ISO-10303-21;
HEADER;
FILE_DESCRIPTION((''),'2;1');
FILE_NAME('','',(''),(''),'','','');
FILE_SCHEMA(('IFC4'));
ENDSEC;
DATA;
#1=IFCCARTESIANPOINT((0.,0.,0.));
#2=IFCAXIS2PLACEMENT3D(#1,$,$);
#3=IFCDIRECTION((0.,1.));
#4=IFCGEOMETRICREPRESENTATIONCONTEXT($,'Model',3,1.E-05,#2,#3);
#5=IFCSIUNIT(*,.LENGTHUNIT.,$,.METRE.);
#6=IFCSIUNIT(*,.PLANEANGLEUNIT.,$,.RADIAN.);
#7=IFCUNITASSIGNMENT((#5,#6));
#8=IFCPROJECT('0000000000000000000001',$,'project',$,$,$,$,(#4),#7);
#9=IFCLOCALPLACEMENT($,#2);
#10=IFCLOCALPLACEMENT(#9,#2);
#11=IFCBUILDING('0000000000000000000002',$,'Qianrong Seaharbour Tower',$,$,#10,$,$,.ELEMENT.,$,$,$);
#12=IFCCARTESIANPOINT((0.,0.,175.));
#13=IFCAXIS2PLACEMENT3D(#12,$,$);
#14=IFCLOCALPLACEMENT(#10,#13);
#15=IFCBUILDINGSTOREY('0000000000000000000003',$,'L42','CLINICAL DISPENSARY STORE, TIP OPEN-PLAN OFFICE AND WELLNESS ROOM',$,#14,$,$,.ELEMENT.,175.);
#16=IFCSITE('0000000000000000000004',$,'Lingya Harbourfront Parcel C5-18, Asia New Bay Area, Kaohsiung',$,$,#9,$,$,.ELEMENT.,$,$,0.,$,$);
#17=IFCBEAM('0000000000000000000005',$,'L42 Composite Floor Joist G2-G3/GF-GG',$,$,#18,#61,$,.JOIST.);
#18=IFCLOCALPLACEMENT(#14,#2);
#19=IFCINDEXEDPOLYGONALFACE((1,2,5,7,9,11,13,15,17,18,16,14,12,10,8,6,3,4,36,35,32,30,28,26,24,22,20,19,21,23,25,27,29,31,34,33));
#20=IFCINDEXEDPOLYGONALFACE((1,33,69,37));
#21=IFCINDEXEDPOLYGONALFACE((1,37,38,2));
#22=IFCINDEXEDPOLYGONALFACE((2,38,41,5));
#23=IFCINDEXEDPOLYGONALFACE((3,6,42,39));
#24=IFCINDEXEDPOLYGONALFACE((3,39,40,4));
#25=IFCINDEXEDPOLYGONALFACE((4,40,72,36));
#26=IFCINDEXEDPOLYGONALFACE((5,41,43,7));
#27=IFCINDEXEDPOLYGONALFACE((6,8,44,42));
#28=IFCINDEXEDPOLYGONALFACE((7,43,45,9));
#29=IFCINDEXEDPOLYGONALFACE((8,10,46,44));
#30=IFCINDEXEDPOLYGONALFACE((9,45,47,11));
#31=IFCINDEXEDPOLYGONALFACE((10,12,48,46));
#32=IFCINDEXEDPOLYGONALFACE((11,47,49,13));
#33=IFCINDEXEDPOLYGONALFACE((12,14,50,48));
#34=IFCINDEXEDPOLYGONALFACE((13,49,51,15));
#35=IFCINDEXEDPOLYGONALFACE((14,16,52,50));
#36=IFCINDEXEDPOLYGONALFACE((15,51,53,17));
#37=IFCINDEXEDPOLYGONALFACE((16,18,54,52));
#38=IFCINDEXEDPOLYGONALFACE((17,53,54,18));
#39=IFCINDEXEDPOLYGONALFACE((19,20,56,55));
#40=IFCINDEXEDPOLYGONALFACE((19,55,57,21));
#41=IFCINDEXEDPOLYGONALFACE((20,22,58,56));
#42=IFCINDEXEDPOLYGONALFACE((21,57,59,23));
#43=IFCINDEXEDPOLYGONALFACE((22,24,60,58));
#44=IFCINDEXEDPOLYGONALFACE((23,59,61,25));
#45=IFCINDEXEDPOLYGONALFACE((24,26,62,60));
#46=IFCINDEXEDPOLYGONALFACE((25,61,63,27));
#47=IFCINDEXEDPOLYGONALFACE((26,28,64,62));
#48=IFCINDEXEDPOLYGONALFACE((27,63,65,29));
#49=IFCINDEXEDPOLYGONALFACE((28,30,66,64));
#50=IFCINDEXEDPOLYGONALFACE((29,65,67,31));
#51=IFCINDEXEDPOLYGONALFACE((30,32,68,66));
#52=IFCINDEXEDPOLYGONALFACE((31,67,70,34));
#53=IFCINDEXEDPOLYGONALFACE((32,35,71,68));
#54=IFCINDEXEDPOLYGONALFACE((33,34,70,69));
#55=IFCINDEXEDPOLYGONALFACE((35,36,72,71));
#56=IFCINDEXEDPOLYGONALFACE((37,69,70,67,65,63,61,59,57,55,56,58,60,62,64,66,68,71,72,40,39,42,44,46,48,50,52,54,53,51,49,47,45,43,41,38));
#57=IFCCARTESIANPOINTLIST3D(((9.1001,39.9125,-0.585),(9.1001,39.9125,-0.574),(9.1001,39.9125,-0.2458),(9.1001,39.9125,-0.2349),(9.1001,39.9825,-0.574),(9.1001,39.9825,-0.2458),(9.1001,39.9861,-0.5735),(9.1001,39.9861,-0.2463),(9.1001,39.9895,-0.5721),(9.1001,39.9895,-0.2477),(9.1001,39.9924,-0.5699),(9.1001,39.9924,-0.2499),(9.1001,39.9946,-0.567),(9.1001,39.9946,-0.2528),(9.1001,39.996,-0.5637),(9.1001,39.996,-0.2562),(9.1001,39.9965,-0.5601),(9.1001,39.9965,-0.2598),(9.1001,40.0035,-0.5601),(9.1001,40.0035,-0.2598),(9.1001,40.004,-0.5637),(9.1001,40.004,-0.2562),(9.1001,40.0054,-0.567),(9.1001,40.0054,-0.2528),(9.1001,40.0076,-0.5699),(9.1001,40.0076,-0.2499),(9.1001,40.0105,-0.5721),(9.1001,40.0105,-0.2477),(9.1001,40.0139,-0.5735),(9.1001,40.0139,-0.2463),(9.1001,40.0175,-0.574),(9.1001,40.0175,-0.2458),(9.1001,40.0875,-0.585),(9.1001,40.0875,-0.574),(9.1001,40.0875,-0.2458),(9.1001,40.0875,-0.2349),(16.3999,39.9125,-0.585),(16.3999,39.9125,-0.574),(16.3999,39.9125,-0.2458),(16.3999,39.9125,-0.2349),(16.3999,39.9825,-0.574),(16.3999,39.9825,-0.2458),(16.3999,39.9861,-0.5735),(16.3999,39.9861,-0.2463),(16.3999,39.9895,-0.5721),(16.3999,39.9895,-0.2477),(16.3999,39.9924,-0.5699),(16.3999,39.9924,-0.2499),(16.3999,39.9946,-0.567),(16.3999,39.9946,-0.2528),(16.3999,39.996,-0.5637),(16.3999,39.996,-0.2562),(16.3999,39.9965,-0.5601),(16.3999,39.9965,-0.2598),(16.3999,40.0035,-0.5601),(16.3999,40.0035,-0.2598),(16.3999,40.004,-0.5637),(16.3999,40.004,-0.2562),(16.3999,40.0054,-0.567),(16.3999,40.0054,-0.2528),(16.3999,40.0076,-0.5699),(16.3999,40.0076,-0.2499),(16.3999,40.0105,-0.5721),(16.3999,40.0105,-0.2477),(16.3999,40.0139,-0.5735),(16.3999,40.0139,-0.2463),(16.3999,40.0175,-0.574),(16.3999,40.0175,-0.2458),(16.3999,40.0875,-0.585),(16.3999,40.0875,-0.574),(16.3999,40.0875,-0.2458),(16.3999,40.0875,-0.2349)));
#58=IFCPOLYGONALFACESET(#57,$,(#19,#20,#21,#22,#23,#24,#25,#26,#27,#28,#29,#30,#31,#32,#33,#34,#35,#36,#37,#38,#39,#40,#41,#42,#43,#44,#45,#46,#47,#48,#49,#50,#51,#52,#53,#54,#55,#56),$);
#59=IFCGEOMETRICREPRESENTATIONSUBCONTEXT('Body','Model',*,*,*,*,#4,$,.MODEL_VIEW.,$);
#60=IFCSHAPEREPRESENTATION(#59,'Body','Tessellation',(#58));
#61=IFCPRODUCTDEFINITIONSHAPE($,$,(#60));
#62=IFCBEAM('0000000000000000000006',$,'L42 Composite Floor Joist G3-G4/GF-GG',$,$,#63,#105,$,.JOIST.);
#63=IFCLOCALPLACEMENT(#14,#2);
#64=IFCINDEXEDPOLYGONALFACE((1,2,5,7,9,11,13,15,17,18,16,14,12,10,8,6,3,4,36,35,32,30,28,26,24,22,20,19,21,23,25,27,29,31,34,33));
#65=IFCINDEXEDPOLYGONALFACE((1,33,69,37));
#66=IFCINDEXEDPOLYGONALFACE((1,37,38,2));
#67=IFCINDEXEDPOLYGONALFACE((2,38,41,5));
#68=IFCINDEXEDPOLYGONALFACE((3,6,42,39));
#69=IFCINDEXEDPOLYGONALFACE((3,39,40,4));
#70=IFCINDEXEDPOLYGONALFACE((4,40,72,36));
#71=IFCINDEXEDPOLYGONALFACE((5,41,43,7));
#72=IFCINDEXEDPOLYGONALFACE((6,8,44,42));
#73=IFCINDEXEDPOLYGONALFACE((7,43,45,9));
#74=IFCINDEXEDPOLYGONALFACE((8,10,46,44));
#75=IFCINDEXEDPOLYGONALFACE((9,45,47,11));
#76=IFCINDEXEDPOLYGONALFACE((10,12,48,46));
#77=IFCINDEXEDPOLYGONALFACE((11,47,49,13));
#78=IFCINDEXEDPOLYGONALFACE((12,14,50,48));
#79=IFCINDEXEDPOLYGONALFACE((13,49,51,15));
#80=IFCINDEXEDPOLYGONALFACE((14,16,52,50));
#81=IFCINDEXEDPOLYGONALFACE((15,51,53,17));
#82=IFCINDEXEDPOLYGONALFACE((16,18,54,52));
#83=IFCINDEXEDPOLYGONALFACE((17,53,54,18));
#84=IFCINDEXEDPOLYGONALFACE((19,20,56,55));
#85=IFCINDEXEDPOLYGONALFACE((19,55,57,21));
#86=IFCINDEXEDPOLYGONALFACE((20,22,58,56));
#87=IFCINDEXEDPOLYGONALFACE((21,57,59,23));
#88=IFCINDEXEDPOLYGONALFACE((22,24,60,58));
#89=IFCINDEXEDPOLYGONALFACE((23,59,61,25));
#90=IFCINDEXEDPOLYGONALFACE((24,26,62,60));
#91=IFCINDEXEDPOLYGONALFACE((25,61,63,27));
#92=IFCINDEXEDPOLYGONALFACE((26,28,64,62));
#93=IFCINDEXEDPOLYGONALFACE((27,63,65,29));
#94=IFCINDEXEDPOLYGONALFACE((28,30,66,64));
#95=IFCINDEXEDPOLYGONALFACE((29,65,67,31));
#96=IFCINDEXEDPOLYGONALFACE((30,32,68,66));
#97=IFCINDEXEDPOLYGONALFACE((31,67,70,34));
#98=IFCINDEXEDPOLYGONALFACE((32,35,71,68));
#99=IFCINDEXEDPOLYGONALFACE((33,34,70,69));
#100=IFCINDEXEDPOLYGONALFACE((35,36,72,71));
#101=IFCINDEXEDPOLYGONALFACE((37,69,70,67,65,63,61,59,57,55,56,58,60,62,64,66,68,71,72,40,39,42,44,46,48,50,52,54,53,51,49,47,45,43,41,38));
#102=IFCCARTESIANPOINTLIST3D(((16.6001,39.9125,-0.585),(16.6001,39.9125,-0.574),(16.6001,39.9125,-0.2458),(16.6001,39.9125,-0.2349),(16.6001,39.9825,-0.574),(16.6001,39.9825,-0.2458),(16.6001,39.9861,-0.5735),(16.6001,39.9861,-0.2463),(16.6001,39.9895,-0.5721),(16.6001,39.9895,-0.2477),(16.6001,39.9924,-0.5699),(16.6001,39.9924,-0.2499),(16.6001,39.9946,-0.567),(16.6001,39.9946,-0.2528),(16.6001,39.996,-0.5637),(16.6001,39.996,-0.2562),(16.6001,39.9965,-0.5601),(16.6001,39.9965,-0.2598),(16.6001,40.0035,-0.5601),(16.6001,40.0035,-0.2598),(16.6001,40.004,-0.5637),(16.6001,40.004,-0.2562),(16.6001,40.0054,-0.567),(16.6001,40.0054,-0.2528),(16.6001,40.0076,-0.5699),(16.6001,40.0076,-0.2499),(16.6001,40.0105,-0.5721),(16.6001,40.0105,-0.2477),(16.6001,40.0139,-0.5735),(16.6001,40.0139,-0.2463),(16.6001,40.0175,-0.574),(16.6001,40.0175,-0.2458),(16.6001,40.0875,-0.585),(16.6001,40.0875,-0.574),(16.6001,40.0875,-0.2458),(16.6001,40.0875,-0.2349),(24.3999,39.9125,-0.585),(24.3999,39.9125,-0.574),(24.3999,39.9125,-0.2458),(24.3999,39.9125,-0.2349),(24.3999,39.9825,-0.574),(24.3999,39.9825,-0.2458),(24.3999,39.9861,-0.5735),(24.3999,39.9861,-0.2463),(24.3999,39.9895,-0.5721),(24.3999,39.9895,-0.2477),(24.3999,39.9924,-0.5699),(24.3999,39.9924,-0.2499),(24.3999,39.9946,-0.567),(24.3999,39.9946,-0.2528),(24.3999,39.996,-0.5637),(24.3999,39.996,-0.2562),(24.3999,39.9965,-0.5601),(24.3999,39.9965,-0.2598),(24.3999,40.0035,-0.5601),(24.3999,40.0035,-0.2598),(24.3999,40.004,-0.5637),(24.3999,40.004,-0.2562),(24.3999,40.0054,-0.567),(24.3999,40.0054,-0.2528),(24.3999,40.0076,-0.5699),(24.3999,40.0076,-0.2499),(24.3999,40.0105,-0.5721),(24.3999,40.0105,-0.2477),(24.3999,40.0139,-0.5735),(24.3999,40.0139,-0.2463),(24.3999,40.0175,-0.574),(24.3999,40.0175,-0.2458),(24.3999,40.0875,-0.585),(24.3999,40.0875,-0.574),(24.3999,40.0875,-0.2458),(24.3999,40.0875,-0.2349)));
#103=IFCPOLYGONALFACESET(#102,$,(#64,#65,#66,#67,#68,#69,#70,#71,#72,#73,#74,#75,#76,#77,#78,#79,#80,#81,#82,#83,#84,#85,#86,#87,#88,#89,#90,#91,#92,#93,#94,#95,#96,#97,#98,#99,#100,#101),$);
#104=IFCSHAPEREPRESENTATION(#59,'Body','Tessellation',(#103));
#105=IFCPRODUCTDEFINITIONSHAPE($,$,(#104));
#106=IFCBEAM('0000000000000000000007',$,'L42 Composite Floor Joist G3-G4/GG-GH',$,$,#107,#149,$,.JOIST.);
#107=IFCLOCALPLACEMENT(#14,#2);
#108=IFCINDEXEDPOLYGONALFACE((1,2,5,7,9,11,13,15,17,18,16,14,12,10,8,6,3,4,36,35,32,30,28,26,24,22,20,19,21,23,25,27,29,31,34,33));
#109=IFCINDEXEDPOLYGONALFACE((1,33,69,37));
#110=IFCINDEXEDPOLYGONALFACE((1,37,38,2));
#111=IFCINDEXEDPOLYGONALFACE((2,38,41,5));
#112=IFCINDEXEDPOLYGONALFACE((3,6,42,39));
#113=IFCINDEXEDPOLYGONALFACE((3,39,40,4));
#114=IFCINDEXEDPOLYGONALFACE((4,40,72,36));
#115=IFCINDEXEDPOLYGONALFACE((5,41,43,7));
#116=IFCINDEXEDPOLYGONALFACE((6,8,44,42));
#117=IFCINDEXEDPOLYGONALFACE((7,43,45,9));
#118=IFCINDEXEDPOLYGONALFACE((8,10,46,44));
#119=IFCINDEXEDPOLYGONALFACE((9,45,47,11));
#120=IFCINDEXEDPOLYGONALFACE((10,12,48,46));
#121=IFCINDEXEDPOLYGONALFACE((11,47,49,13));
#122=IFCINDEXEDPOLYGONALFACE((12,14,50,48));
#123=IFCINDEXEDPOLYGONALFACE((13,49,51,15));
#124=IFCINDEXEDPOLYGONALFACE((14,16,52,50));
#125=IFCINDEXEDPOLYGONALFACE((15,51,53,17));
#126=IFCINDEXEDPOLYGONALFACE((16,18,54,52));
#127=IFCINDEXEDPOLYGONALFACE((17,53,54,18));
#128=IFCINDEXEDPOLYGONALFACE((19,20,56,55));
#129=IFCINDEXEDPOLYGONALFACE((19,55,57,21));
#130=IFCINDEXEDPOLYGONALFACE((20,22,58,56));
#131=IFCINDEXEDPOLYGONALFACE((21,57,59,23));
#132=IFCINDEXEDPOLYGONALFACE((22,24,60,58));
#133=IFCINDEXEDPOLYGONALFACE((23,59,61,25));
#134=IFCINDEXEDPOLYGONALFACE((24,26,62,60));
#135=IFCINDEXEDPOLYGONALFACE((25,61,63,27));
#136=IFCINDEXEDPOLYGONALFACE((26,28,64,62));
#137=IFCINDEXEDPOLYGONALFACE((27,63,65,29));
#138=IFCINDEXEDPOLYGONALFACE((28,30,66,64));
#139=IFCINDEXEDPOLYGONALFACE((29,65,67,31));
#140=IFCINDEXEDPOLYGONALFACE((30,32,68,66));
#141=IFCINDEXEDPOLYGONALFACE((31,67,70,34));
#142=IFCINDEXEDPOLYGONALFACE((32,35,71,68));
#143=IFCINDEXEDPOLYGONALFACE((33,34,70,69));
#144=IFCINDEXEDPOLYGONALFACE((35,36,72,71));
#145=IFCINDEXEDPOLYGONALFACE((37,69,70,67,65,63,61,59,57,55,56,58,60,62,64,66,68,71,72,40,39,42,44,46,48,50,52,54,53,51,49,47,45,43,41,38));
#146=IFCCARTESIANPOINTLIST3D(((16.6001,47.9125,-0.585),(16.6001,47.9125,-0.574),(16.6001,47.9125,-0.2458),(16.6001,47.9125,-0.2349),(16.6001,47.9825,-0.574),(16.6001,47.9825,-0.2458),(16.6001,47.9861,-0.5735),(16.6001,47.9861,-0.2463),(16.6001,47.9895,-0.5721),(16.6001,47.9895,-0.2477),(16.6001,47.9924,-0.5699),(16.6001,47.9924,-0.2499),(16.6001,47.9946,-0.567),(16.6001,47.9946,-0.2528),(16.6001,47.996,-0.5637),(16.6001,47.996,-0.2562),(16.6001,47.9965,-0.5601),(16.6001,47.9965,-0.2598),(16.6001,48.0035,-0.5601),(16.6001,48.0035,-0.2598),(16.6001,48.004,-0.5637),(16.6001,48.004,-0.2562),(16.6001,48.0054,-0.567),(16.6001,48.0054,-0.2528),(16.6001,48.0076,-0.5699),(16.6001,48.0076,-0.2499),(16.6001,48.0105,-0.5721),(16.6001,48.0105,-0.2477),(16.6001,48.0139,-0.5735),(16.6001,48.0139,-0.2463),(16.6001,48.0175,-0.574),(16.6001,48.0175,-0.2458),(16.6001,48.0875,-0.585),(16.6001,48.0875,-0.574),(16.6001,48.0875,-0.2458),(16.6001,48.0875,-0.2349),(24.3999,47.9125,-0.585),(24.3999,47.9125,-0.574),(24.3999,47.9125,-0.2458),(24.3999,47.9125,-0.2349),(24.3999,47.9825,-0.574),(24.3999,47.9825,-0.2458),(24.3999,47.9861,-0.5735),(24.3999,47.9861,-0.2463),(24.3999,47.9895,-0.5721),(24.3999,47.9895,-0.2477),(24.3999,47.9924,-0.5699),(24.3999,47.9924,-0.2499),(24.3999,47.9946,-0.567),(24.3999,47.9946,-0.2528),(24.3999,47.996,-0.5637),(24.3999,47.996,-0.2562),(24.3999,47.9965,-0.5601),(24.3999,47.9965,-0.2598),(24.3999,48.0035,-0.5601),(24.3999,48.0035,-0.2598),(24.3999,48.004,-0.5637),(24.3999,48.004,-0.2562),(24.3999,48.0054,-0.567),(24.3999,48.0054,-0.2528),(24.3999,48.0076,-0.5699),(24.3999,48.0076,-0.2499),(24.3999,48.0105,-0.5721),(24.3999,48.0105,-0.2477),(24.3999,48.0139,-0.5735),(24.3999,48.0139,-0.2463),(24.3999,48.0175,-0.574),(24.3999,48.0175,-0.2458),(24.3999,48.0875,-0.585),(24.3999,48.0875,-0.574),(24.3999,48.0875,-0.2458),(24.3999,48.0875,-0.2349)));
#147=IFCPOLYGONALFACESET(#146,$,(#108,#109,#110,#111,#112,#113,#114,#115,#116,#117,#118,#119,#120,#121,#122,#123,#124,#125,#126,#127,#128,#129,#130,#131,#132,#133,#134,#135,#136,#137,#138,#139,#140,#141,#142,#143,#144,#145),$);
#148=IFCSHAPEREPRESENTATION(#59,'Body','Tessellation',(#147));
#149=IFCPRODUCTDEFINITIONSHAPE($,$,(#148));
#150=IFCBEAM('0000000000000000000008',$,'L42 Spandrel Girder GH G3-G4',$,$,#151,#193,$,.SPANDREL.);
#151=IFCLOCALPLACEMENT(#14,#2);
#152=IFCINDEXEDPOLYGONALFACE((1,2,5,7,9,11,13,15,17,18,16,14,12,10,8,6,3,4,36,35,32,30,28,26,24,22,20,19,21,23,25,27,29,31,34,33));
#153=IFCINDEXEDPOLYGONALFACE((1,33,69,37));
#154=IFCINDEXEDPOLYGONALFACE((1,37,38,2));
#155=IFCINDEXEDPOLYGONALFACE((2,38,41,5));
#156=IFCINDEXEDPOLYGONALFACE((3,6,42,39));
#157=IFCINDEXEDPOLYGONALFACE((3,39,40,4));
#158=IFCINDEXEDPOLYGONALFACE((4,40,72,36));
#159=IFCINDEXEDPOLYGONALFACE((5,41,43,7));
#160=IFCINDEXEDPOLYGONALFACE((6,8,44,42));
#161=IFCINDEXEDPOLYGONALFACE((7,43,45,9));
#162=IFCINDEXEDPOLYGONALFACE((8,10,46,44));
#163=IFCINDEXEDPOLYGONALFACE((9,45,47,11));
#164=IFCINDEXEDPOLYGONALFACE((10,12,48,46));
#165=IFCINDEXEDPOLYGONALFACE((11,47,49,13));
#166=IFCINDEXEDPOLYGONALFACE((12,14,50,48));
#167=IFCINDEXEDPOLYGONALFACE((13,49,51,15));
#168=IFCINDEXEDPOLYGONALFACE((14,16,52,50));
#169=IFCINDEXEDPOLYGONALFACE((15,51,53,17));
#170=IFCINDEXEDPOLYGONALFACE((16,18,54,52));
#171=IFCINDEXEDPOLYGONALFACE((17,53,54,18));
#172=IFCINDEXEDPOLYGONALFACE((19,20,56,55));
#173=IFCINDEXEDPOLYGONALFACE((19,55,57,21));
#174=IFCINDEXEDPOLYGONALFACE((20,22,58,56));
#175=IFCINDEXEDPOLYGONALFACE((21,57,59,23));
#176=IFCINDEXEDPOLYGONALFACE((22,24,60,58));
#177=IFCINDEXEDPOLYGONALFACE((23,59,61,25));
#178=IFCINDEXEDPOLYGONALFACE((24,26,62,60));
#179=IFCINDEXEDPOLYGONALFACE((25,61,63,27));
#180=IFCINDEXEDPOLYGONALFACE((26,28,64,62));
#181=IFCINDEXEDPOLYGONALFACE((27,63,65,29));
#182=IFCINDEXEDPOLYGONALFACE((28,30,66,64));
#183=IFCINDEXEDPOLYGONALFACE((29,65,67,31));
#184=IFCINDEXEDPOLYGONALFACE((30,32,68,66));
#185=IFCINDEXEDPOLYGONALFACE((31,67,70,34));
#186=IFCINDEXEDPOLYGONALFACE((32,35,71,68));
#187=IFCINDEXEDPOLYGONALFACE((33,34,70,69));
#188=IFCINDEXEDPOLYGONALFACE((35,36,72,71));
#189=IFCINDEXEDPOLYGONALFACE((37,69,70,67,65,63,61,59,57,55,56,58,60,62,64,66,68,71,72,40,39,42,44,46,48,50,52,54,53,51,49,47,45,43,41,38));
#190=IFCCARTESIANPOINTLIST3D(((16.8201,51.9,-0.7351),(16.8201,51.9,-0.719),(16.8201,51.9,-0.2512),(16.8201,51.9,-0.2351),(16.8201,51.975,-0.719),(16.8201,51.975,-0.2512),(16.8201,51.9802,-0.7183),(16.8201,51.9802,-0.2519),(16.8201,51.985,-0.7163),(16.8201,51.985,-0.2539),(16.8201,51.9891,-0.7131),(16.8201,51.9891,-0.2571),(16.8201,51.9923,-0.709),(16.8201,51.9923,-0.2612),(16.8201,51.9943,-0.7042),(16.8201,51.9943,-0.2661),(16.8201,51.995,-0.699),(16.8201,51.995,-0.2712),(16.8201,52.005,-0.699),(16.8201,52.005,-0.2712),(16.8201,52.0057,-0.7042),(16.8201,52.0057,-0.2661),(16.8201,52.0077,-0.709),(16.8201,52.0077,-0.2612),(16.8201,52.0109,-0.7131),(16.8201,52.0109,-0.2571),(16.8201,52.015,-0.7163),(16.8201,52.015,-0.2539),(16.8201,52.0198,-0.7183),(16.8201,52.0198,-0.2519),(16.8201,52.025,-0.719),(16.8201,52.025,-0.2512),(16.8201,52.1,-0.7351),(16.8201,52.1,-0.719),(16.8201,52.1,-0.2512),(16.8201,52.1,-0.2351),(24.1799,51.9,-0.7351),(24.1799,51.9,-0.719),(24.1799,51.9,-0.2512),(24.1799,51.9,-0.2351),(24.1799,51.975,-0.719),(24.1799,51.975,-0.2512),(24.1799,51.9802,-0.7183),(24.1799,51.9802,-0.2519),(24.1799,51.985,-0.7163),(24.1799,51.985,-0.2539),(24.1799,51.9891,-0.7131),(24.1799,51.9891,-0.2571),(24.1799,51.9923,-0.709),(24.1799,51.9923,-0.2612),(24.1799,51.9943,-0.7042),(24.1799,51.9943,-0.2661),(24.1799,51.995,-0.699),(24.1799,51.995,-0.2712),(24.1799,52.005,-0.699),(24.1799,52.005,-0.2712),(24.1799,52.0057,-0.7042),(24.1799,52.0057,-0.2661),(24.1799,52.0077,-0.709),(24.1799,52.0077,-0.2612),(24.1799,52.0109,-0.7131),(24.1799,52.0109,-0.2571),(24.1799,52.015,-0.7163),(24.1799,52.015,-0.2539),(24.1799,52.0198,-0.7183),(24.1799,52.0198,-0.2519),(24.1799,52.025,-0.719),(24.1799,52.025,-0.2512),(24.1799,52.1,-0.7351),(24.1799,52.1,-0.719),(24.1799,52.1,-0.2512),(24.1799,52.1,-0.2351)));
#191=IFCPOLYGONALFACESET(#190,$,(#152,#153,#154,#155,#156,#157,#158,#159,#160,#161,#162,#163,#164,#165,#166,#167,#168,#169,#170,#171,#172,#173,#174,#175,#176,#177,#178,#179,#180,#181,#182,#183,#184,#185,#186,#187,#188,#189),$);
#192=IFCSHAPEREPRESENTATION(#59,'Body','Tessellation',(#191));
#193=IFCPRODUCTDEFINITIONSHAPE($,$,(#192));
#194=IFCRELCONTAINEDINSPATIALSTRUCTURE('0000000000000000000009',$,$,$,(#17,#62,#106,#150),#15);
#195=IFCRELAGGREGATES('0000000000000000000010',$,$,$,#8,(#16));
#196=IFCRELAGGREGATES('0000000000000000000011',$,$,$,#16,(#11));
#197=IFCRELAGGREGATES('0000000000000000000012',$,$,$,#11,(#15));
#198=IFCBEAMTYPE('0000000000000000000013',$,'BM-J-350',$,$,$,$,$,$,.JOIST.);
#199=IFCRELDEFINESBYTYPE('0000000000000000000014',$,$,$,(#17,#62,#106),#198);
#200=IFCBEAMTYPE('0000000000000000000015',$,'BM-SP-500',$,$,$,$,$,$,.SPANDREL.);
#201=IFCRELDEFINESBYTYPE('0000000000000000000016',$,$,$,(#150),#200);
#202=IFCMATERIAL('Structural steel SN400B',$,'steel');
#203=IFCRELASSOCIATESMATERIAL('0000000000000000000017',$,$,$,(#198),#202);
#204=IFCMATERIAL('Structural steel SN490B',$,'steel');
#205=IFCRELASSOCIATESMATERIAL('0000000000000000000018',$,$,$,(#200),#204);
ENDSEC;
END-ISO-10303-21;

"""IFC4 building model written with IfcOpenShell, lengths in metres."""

from ifc_helpers import new_model, si_unit, direction, frame, origin, origin_2d, place, context, subcontext, project, spatial, i_section, extrude, material, material_profile, profile_set, type_object, element, save


model = new_model("IFC4")

# Units and contexts
model_context = context("Model", 3, precision=1e-05, world=origin(), true_north=direction((0.0, 1.0)))
body_context = subcontext(model_context, "Body", "Model", "MODEL_VIEW")
ifc_project = project(units=[si_unit("LENGTHUNIT", "METRE"), si_unit("PLANEANGLEUNIT", "RADIAN")], contexts=[model_context])

# Site, building, storey
site_placement = place(None, origin())
site = spatial("IfcSite", under=ifc_project, at=site_placement, Name="Lingya Harbourfront Parcel C5-18, Asia New Bay Area, Kaohsiung", CompositionType="ELEMENT", RefElevation=0.0)
building_placement = place(site_placement, origin())
building = spatial("IfcBuilding", under=site, at=building_placement, Name="Qianrong Seaharbour Tower", CompositionType="ELEMENT")
storey_placement = place(building_placement, frame((0.0, 0.0, 175.0)))
storey = spatial("IfcBuildingStorey", under=building, at=storey_placement, Name="L42", Description="CLINICAL DISPENSARY STORE, TIP OPEN-PLAN OFFICE AND WELLNESS ROOM", CompositionType="ELEMENT", Elevation=175.0)

# Shared definitions
ifc_material_1 = material(Name="Structural steel SN490B", Category="steel")

# Beams
ifc_material_2 = material(Name="Structural steel SN400B", Category="steel")
ifc_material_profile_1 = material_profile(ifc_material_2, i_section(OverallWidth=0.175, OverallDepth=0.3501, WebThickness=0.0071, FlangeThickness=0.011, FilletRadius=0.0139, at=origin_2d()), Name="H350x175x7x11")
ifc_profile_set_1 = profile_set([ifc_material_profile_1], Name="Structural steel SN400B")
beam_type_1 = type_object("IfcBeamType", Name="BM-J-350", PredefinedType="JOIST", material=ifc_profile_set_1)
beam_1_placement = place(storey_placement, frame((9.1001, 40.0, -0.4099), z_axis=(1.0, 0.0, 0.0), x_axis=(0.0, 1.0, 0.0)))
element("IfcBeam", 1, at=beam_1_placement, inside=storey, type_object=beam_type_1, Name="L42 Composite Floor Joist G2-G3/GF-GG", PredefinedType="JOIST", context=body_context, shape_type="SweptSolid", body=[
    extrude(i_section(OverallWidth=0.175, OverallDepth=0.3501, WebThickness=0.0071, FlangeThickness=0.011, FilletRadius=0.0139, at=origin_2d()), origin(), (0.0, 0.0, 1.0), 7.2998),
])
for number, where, z_axis, x_axis, name in (
    (2, (16.6001, 40.0, -0.4099), (1.0, 0.0, 0.0), (0.0, 1.0, 0.0), "L42 Composite Floor Joist G3-G4/GF-GG"),
    (3, (16.6001, 48.0, -0.4099), (1.0, 0.0, 0.0), (0.0, 1.0, 0.0), "L42 Composite Floor Joist G3-G4/GG-GH"),
):
    element("IfcBeam", number, at=place(storey_placement, frame(where, z_axis=z_axis, x_axis=x_axis)), inside=storey, type_object=beam_type_1, Name=name, PredefinedType="JOIST", context=body_context, shape_type="SweptSolid", body=[
        extrude(i_section(OverallWidth=0.175, OverallDepth=0.3501, WebThickness=0.0071, FlangeThickness=0.011, FilletRadius=0.0139, at=origin_2d()), origin(), (0.0, 0.0, 1.0), 7.7998),
    ])
ifc_material_profile_2 = material_profile(ifc_material_1, i_section(OverallWidth=0.2, OverallDepth=0.5, WebThickness=0.01, FlangeThickness=0.0161, FilletRadius=0.02, at=origin_2d()), Name="H500x200x10x16")
ifc_profile_set_2 = profile_set([ifc_material_profile_2], Name="Structural steel SN490B")
beam_type_2 = type_object("IfcBeamType", Name="BM-SP-500", PredefinedType="SPANDREL", material=ifc_profile_set_2)
for number, where, z_axis, x_axis, name in (
    (4, (16.8201, 52.0, -0.4851), (1.0, 0.0, 0.0), (0.0, 1.0, 0.0), "L42 Spandrel Girder GH G3-G4"),
):
    element("IfcBeam", number, at=place(storey_placement, frame(where, z_axis=z_axis, x_axis=x_axis)), inside=storey, type_object=beam_type_2, Name=name, PredefinedType="SPANDREL", context=body_context, shape_type="SweptSolid", body=[
        extrude(i_section(OverallWidth=0.2, OverallDepth=0.5, WebThickness=0.01, FlangeThickness=0.0161, FilletRadius=0.02, at=origin_2d()), origin(), (0.0, 0.0, 1.0), 7.3599),
    ])

save(model, "model.ifc")
